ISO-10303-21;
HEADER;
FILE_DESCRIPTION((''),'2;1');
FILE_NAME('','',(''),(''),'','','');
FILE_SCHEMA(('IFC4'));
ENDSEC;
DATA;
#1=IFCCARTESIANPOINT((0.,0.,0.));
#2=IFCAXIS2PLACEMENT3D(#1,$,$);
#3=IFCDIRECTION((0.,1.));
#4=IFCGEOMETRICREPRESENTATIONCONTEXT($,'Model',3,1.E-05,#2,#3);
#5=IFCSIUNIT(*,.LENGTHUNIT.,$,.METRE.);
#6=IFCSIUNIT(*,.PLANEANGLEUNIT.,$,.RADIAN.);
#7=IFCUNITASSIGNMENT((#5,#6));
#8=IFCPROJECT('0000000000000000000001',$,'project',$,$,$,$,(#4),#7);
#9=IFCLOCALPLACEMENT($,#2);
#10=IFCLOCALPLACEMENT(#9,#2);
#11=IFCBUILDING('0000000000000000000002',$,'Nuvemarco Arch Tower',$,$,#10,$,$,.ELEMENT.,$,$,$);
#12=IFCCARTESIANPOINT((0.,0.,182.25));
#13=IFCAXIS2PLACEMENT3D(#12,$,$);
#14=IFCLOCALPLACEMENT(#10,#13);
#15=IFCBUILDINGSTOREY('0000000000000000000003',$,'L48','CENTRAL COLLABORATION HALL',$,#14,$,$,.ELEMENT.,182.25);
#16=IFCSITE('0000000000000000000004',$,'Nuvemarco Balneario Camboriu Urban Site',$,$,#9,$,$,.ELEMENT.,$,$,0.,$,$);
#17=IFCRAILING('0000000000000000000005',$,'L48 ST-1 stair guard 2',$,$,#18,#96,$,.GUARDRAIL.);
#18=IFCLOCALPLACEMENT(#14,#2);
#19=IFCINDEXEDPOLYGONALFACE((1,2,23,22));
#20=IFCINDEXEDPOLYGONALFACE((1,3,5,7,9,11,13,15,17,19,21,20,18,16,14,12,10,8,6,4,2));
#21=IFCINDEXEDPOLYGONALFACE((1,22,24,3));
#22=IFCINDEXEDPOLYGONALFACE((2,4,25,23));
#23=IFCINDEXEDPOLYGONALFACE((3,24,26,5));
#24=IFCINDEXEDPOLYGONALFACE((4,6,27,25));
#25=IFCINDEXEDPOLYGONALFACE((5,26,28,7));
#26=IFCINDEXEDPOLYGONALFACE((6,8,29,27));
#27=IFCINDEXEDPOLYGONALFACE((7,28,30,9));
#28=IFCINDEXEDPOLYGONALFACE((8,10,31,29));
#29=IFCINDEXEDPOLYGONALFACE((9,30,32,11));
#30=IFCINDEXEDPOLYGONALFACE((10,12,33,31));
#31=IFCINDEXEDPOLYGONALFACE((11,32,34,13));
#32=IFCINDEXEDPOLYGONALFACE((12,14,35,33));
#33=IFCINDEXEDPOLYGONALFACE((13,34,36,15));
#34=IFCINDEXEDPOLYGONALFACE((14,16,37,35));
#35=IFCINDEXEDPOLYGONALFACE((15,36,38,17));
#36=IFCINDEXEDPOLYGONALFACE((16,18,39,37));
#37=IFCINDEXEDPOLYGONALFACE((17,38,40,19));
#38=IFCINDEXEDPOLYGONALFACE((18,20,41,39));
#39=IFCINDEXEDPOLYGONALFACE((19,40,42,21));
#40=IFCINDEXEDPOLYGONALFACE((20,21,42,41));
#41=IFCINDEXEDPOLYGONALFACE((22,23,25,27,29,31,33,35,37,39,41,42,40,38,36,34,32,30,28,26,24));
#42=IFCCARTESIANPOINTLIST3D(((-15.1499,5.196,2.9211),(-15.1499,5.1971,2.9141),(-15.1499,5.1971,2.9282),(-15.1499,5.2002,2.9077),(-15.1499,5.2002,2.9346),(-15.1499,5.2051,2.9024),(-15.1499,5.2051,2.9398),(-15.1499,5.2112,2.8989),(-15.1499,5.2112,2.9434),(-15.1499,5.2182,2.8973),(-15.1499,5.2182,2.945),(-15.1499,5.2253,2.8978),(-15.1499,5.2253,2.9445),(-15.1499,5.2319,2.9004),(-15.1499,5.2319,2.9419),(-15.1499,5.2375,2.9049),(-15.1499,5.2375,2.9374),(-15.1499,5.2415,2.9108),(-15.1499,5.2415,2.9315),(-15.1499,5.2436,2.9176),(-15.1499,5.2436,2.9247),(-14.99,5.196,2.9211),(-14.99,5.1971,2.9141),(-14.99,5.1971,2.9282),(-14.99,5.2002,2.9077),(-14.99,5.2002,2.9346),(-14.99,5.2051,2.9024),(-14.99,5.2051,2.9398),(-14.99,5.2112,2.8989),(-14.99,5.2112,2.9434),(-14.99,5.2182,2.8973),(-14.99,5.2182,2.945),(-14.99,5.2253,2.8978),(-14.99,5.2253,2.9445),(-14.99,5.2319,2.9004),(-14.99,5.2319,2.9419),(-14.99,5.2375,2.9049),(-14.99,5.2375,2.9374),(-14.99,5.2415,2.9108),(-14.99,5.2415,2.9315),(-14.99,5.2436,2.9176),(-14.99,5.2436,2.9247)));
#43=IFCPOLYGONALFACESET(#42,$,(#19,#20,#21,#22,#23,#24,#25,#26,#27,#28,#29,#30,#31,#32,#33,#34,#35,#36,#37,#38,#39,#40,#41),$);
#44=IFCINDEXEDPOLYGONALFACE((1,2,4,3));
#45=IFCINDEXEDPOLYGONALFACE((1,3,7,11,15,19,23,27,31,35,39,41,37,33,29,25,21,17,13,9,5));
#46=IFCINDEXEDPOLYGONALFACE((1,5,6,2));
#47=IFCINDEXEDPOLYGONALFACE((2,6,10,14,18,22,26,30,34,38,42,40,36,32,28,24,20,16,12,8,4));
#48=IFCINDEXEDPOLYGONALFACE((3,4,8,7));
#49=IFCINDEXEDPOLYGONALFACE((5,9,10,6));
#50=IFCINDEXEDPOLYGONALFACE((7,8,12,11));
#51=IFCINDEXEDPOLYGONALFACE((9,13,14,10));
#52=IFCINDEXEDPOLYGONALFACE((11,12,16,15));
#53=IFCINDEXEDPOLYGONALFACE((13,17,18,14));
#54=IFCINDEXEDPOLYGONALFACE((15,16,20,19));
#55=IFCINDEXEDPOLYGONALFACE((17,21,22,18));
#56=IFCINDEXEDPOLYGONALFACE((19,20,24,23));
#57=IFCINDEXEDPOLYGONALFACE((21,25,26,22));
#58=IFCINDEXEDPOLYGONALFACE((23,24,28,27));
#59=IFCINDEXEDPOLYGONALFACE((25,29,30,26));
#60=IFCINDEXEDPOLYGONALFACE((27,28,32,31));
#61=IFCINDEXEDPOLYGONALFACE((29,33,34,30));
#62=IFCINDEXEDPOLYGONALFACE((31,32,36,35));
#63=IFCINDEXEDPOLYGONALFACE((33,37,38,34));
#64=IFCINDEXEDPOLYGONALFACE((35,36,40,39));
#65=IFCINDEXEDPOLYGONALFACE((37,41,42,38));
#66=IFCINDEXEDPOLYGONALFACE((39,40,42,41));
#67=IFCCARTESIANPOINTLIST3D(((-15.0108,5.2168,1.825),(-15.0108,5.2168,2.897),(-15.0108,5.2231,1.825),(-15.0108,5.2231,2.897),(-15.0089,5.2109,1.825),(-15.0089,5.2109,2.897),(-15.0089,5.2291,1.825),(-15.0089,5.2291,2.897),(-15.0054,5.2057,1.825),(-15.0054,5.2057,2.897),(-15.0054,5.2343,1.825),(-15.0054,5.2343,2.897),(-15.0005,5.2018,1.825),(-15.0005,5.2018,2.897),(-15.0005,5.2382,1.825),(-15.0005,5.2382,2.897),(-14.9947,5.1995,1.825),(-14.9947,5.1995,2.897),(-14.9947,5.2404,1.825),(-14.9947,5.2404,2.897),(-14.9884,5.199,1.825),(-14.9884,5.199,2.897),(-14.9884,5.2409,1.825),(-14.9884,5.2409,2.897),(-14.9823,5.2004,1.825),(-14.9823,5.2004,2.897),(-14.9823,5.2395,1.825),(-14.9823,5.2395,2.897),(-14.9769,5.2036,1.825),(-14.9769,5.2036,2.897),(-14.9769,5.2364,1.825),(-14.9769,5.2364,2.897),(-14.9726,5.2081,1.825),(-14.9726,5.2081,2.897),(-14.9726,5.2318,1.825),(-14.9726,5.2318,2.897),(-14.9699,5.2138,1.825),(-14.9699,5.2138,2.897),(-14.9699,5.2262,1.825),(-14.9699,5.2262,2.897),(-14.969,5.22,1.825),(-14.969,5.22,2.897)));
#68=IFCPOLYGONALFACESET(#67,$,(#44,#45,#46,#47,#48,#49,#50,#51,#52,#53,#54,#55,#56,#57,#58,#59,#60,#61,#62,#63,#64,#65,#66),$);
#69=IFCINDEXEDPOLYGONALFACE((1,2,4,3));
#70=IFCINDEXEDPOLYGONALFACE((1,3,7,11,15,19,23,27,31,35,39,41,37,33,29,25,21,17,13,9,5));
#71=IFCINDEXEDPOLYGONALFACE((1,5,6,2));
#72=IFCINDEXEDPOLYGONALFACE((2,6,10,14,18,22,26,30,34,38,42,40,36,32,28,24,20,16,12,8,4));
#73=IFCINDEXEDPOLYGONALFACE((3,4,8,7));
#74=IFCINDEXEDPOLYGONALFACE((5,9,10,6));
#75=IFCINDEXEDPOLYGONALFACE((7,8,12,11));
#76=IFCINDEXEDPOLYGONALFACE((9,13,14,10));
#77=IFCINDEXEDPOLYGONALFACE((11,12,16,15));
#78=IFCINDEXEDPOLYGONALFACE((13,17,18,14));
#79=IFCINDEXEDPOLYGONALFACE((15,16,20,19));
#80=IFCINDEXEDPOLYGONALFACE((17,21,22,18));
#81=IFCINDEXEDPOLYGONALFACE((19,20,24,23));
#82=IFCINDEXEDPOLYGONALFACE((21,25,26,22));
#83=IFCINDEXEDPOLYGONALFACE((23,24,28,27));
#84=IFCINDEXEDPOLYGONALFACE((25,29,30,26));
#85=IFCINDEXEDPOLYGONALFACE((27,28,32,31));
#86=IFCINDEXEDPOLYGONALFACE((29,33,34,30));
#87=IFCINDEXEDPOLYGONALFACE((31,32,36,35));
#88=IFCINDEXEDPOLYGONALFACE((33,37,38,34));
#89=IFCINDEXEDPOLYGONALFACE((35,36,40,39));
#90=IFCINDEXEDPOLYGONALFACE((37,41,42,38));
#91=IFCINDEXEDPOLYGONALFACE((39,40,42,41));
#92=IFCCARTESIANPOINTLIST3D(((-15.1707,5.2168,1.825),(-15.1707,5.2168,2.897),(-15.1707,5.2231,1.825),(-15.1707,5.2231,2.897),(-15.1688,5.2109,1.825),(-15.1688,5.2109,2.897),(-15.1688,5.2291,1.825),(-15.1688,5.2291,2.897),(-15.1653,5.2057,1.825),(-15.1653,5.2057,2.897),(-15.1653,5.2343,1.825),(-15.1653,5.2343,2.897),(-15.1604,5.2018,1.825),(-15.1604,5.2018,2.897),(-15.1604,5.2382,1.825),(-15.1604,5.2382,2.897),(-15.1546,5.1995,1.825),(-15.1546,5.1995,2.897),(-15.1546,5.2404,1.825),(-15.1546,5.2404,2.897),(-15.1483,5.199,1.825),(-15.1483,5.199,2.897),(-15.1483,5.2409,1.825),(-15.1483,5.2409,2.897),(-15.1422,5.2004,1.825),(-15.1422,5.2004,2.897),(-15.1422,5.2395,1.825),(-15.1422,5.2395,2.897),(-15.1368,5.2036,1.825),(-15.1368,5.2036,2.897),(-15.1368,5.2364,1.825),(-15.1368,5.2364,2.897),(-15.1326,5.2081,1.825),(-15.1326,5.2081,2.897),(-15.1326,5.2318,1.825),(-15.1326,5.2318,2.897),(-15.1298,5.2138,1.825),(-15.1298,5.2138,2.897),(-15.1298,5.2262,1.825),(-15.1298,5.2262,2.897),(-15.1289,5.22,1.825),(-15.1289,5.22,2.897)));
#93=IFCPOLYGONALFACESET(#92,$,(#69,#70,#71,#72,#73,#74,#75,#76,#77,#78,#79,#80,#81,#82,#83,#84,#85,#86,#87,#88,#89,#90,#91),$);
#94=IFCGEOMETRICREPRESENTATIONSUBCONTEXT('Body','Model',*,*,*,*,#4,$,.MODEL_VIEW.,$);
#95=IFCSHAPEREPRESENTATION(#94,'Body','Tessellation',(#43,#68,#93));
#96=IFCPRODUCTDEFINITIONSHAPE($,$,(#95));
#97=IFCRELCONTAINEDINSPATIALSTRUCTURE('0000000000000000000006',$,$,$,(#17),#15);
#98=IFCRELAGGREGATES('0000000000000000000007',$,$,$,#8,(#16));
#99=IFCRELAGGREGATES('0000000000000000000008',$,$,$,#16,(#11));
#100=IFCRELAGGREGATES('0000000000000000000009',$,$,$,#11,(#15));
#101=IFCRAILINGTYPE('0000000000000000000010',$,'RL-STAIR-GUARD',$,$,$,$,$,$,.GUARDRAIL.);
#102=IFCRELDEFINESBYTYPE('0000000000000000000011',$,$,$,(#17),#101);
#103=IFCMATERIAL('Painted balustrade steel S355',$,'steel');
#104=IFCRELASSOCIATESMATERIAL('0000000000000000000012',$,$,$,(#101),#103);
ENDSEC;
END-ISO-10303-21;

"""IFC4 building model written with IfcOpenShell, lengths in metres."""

from ifc_helpers import new_model, si_unit, direction, frame, origin, origin_2d, place, context, subcontext, project, spatial, circle, extrude, material, type_object, element, save


model = new_model("IFC4")

# Units and contexts
model_context = context("Model", 3, precision=1e-05, world=origin(), true_north=direction((0.0, 1.0)))
body_context = subcontext(model_context, "Body", "Model", "MODEL_VIEW")
ifc_project = project(units=[si_unit("LENGTHUNIT", "METRE"), si_unit("PLANEANGLEUNIT", "RADIAN")], contexts=[model_context])

# Site, building, storey
site_placement = place(None, origin())
site = spatial("IfcSite", under=ifc_project, at=site_placement, Name="Nuvemarco Balneario Camboriu Urban Site", CompositionType="ELEMENT", RefElevation=0.0)
building_placement = place(site_placement, origin())
building = spatial("IfcBuilding", under=site, at=building_placement, Name="Nuvemarco Arch Tower", CompositionType="ELEMENT")
storey_placement = place(building_placement, frame((0.0, 0.0, 182.25)))
storey = spatial("IfcBuildingStorey", under=building, at=storey_placement, Name="L48", Description="CENTRAL COLLABORATION HALL", CompositionType="ELEMENT", Elevation=182.25)

# Railing
ifc_material_1 = material(Name="Painted balustrade steel S355", Category="steel")
railing_type_1 = type_object("IfcRailingType", Name="RL-STAIR-GUARD", PredefinedType="GUARDRAIL", material=ifc_material_1)
railing_1_placement = place(storey_placement, frame((-14.99, 5.22, 1.825)))
element("IfcRailing", 1, at=railing_1_placement, inside=storey, type_object=railing_type_1, Name="L48 ST-1 stair guard 2", PredefinedType="GUARDRAIL", context=body_context, shape_type="SweptSolid", body=[
    extrude(circle(Radius=0.0239, at=origin_2d()), frame((0.0, 0.0, 1.0962), z_axis=(-1.0, 0.0, 0.0), x_axis=(0.0, -1.0, 0.0)), (0.0, 0.0, 1.0), 0.1599),
    extrude(circle(Radius=0.021, at=origin_2d()), origin(), (0.0, 0.0, 1.0), 1.072),
    extrude(circle(Radius=0.021, at=origin_2d()), frame((-0.1599, 0.0, 0.0)), (0.0, 0.0, 1.0), 1.072),
])

save(model, "model.ifc")
